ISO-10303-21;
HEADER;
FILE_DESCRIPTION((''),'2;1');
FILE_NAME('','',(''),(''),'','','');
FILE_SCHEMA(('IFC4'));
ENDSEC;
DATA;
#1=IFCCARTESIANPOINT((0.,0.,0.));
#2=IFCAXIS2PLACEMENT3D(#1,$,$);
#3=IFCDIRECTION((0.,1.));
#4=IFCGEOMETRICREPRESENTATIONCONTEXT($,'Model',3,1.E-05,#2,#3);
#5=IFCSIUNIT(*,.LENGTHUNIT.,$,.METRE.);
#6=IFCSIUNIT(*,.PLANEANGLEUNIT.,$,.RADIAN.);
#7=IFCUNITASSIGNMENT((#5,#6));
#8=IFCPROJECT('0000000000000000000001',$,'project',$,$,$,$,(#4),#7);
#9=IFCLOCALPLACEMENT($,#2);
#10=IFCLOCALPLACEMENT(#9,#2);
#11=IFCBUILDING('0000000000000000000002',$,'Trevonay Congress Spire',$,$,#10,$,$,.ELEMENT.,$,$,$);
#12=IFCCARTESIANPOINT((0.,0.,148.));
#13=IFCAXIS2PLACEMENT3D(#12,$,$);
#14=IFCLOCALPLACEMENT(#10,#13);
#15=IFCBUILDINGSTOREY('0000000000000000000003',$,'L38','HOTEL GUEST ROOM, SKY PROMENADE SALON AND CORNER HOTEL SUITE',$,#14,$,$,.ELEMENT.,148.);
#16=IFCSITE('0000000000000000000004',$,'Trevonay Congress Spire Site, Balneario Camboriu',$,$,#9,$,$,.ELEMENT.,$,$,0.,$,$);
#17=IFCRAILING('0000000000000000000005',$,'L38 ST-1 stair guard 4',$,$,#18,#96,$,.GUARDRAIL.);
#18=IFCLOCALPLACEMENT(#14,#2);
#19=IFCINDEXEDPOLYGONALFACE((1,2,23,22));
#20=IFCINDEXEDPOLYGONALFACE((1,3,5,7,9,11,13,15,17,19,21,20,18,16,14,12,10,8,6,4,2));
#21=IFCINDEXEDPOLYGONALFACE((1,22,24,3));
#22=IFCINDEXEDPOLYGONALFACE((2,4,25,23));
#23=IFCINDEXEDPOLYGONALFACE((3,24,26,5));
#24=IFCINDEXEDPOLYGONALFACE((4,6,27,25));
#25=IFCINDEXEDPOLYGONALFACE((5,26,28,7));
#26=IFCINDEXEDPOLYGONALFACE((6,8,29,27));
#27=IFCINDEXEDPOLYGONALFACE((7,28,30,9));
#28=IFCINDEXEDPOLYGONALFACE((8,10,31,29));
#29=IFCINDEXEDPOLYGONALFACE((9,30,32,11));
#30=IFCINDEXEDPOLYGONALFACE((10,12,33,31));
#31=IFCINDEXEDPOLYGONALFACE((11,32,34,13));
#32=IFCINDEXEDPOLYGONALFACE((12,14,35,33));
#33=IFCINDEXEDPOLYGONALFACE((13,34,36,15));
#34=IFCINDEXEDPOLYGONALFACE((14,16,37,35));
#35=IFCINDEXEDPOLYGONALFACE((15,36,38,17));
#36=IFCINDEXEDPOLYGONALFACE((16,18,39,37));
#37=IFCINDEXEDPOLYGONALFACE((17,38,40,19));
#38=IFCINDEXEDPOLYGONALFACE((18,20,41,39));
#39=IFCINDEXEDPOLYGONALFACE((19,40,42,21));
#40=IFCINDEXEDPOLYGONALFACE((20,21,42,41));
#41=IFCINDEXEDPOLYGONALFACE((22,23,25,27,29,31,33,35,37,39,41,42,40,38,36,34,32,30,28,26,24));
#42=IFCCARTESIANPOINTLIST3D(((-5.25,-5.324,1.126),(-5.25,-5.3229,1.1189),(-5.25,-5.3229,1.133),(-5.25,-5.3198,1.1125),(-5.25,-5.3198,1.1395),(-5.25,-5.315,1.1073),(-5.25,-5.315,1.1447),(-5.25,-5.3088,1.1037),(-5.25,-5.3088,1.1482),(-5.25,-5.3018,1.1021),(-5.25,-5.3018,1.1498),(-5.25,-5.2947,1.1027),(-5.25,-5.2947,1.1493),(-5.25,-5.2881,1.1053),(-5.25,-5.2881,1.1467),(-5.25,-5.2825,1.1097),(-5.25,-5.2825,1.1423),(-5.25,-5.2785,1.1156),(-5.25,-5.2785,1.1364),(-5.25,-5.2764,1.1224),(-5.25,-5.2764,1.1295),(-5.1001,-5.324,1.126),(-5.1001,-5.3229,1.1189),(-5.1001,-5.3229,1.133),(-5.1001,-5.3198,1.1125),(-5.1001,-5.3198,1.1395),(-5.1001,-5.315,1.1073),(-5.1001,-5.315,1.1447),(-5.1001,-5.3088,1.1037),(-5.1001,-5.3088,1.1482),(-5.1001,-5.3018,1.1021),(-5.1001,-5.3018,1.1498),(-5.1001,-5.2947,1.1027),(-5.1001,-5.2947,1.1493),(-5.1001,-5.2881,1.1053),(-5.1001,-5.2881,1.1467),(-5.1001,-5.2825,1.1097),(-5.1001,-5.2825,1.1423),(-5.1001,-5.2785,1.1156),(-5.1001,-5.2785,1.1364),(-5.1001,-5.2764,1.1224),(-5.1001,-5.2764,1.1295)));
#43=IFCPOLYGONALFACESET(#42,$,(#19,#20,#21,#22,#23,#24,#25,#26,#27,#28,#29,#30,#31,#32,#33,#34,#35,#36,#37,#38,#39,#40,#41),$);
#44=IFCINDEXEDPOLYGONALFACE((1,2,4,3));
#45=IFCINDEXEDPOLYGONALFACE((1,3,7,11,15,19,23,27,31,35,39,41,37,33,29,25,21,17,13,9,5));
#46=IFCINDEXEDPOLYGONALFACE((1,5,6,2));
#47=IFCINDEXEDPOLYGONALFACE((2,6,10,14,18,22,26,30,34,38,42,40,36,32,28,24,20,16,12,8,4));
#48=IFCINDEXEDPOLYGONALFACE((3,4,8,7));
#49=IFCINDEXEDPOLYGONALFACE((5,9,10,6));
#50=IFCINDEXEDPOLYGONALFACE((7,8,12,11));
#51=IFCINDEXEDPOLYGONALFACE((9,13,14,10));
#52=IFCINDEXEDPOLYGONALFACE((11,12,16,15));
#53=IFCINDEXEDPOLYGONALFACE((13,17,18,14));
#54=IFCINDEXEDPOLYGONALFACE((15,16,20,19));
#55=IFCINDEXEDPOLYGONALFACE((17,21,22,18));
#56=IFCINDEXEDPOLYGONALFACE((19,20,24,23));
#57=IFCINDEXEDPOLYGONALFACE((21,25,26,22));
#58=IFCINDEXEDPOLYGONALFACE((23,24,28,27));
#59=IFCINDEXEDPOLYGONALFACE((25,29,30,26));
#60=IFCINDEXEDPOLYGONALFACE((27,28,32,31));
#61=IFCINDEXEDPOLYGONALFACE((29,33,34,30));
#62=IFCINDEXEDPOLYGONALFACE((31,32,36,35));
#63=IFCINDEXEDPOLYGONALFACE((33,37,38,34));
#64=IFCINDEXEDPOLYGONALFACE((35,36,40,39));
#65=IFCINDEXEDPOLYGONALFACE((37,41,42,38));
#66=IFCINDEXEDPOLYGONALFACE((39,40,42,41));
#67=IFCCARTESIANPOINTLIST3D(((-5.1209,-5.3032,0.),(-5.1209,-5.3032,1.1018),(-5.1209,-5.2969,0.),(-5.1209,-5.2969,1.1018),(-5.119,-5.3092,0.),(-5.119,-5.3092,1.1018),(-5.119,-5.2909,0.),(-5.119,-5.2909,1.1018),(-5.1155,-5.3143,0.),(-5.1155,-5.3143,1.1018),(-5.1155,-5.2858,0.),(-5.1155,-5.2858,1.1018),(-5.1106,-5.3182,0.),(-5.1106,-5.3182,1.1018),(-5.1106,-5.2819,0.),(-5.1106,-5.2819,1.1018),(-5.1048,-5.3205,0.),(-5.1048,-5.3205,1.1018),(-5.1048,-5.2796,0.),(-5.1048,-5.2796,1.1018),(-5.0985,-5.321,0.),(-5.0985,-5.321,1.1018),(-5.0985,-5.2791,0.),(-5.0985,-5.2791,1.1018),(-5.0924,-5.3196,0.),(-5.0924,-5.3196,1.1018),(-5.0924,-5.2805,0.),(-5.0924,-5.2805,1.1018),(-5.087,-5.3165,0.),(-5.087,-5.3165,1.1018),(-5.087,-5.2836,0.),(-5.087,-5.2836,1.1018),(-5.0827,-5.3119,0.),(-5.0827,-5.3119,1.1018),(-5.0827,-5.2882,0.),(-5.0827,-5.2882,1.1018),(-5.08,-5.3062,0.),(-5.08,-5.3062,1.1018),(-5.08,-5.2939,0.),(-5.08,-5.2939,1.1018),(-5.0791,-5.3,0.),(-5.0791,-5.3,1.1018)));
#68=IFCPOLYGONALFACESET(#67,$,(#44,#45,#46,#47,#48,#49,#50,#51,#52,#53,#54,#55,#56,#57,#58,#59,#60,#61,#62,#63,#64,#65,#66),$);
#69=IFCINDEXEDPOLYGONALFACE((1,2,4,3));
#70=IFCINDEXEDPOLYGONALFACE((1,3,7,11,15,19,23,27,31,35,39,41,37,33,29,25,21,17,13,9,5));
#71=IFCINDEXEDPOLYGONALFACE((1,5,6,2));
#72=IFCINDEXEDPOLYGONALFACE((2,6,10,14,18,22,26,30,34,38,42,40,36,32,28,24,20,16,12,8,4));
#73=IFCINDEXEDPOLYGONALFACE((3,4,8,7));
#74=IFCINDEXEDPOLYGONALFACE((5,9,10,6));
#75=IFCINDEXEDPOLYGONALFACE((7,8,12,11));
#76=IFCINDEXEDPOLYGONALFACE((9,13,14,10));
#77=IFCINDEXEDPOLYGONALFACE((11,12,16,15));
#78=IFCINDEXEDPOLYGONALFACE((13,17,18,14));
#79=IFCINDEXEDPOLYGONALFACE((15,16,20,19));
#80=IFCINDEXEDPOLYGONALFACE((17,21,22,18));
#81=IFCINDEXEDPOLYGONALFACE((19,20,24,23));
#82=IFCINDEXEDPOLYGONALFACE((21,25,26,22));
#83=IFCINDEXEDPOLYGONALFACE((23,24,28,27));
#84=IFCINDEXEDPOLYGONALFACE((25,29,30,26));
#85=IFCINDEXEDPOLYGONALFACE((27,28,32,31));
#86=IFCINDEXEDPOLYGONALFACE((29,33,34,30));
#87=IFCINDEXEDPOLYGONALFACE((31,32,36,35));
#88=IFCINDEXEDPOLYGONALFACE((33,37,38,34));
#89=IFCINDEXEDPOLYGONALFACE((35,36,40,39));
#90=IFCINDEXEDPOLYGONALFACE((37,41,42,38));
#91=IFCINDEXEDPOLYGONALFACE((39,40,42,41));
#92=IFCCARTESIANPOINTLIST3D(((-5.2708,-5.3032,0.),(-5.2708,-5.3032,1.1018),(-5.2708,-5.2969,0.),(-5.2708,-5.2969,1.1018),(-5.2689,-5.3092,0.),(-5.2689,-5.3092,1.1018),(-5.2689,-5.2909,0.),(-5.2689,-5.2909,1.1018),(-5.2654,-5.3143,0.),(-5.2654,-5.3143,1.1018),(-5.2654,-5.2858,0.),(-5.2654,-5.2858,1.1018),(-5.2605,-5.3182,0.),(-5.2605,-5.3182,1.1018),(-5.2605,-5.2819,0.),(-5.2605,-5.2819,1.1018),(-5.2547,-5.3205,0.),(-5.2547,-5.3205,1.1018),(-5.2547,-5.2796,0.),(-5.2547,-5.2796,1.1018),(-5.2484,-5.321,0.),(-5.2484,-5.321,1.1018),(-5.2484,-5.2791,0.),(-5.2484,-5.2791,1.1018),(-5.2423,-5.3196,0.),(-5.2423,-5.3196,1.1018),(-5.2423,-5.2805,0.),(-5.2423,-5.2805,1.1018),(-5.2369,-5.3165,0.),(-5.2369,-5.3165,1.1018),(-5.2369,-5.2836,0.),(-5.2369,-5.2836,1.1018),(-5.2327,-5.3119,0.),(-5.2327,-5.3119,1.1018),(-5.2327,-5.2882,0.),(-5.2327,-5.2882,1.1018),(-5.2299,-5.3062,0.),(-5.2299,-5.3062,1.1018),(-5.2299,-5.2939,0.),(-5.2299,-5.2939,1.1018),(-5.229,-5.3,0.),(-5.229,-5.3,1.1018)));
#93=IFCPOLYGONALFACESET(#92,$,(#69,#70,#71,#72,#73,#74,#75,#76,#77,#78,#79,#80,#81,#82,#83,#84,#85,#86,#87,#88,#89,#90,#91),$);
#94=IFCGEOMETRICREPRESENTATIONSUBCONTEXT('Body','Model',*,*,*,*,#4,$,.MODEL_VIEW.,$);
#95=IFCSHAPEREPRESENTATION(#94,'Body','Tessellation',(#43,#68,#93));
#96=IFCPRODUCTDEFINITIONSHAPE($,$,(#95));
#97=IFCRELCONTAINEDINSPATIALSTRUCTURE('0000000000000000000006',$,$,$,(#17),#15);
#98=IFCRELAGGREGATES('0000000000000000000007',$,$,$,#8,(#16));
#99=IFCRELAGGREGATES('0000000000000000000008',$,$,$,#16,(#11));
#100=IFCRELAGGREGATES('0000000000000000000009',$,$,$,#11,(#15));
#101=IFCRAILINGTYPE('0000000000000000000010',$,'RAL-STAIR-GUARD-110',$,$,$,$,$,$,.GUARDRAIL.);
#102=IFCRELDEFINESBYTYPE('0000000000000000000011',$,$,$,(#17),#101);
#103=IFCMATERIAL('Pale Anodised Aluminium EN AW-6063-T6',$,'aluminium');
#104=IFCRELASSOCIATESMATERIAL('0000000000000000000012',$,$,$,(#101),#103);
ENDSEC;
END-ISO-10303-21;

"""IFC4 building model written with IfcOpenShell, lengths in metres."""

from ifc_helpers import new_model, si_unit, direction, frame, origin, origin_2d, place, context, subcontext, project, spatial, circle, extrude, material, type_object, element, save


model = new_model("IFC4")

# Units and contexts
model_context = context("Model", 3, precision=1e-05, world=origin(), true_north=direction((0.0, 1.0)))
body_context = subcontext(model_context, "Body", "Model", "MODEL_VIEW")
ifc_project = project(units=[si_unit("LENGTHUNIT", "METRE"), si_unit("PLANEANGLEUNIT", "RADIAN")], contexts=[model_context])

# Site, building, storey
site_placement = place(None, origin())
site = spatial("IfcSite", under=ifc_project, at=site_placement, Name="Trevonay Congress Spire Site, Balneario Camboriu", CompositionType="ELEMENT", RefElevation=0.0)
building_placement = place(site_placement, origin())
building = spatial("IfcBuilding", under=site, at=building_placement, Name="Trevonay Congress Spire", CompositionType="ELEMENT")
storey_placement = place(building_placement, frame((0.0, 0.0, 148.0)))
storey = spatial("IfcBuildingStorey", under=building, at=storey_placement, Name="L38", Description="HOTEL GUEST ROOM, SKY PROMENADE SALON AND CORNER HOTEL SUITE", CompositionType="ELEMENT", Elevation=148.0)

# Railing
ifc_material_1 = material(Name="Pale Anodised Aluminium EN AW-6063-T6", Category="aluminium")
railing_type_1 = type_object("IfcRailingType", Name="RAL-STAIR-GUARD-110", PredefinedType="GUARDRAIL", material=ifc_material_1)
railing_1_placement = place(storey_placement, frame((-5.1001, -5.3, 0.0)))
element("IfcRailing", 1, at=railing_1_placement, inside=storey, type_object=railing_type_1, Name="L38 ST-1 stair guard 4", PredefinedType="GUARDRAIL", context=body_context, shape_type="SweptSolid", body=[
    extrude(circle(Radius=0.0239, at=origin_2d()), frame((0.0, 0.0, 1.126), z_axis=(-1.0, 0.0, 0.0), x_axis=(0.0, -1.0, 0.0)), (0.0, 0.0, 1.0), 0.1499),
    extrude(circle(Radius=0.021, at=origin_2d()), origin(), (0.0, 0.0, 1.0), 1.1018),
    extrude(circle(Radius=0.021, at=origin_2d()), frame((-0.1499, 0.0, 0.0)), (0.0, 0.0, 1.0), 1.1018),
])

save(model, "model.ifc")
